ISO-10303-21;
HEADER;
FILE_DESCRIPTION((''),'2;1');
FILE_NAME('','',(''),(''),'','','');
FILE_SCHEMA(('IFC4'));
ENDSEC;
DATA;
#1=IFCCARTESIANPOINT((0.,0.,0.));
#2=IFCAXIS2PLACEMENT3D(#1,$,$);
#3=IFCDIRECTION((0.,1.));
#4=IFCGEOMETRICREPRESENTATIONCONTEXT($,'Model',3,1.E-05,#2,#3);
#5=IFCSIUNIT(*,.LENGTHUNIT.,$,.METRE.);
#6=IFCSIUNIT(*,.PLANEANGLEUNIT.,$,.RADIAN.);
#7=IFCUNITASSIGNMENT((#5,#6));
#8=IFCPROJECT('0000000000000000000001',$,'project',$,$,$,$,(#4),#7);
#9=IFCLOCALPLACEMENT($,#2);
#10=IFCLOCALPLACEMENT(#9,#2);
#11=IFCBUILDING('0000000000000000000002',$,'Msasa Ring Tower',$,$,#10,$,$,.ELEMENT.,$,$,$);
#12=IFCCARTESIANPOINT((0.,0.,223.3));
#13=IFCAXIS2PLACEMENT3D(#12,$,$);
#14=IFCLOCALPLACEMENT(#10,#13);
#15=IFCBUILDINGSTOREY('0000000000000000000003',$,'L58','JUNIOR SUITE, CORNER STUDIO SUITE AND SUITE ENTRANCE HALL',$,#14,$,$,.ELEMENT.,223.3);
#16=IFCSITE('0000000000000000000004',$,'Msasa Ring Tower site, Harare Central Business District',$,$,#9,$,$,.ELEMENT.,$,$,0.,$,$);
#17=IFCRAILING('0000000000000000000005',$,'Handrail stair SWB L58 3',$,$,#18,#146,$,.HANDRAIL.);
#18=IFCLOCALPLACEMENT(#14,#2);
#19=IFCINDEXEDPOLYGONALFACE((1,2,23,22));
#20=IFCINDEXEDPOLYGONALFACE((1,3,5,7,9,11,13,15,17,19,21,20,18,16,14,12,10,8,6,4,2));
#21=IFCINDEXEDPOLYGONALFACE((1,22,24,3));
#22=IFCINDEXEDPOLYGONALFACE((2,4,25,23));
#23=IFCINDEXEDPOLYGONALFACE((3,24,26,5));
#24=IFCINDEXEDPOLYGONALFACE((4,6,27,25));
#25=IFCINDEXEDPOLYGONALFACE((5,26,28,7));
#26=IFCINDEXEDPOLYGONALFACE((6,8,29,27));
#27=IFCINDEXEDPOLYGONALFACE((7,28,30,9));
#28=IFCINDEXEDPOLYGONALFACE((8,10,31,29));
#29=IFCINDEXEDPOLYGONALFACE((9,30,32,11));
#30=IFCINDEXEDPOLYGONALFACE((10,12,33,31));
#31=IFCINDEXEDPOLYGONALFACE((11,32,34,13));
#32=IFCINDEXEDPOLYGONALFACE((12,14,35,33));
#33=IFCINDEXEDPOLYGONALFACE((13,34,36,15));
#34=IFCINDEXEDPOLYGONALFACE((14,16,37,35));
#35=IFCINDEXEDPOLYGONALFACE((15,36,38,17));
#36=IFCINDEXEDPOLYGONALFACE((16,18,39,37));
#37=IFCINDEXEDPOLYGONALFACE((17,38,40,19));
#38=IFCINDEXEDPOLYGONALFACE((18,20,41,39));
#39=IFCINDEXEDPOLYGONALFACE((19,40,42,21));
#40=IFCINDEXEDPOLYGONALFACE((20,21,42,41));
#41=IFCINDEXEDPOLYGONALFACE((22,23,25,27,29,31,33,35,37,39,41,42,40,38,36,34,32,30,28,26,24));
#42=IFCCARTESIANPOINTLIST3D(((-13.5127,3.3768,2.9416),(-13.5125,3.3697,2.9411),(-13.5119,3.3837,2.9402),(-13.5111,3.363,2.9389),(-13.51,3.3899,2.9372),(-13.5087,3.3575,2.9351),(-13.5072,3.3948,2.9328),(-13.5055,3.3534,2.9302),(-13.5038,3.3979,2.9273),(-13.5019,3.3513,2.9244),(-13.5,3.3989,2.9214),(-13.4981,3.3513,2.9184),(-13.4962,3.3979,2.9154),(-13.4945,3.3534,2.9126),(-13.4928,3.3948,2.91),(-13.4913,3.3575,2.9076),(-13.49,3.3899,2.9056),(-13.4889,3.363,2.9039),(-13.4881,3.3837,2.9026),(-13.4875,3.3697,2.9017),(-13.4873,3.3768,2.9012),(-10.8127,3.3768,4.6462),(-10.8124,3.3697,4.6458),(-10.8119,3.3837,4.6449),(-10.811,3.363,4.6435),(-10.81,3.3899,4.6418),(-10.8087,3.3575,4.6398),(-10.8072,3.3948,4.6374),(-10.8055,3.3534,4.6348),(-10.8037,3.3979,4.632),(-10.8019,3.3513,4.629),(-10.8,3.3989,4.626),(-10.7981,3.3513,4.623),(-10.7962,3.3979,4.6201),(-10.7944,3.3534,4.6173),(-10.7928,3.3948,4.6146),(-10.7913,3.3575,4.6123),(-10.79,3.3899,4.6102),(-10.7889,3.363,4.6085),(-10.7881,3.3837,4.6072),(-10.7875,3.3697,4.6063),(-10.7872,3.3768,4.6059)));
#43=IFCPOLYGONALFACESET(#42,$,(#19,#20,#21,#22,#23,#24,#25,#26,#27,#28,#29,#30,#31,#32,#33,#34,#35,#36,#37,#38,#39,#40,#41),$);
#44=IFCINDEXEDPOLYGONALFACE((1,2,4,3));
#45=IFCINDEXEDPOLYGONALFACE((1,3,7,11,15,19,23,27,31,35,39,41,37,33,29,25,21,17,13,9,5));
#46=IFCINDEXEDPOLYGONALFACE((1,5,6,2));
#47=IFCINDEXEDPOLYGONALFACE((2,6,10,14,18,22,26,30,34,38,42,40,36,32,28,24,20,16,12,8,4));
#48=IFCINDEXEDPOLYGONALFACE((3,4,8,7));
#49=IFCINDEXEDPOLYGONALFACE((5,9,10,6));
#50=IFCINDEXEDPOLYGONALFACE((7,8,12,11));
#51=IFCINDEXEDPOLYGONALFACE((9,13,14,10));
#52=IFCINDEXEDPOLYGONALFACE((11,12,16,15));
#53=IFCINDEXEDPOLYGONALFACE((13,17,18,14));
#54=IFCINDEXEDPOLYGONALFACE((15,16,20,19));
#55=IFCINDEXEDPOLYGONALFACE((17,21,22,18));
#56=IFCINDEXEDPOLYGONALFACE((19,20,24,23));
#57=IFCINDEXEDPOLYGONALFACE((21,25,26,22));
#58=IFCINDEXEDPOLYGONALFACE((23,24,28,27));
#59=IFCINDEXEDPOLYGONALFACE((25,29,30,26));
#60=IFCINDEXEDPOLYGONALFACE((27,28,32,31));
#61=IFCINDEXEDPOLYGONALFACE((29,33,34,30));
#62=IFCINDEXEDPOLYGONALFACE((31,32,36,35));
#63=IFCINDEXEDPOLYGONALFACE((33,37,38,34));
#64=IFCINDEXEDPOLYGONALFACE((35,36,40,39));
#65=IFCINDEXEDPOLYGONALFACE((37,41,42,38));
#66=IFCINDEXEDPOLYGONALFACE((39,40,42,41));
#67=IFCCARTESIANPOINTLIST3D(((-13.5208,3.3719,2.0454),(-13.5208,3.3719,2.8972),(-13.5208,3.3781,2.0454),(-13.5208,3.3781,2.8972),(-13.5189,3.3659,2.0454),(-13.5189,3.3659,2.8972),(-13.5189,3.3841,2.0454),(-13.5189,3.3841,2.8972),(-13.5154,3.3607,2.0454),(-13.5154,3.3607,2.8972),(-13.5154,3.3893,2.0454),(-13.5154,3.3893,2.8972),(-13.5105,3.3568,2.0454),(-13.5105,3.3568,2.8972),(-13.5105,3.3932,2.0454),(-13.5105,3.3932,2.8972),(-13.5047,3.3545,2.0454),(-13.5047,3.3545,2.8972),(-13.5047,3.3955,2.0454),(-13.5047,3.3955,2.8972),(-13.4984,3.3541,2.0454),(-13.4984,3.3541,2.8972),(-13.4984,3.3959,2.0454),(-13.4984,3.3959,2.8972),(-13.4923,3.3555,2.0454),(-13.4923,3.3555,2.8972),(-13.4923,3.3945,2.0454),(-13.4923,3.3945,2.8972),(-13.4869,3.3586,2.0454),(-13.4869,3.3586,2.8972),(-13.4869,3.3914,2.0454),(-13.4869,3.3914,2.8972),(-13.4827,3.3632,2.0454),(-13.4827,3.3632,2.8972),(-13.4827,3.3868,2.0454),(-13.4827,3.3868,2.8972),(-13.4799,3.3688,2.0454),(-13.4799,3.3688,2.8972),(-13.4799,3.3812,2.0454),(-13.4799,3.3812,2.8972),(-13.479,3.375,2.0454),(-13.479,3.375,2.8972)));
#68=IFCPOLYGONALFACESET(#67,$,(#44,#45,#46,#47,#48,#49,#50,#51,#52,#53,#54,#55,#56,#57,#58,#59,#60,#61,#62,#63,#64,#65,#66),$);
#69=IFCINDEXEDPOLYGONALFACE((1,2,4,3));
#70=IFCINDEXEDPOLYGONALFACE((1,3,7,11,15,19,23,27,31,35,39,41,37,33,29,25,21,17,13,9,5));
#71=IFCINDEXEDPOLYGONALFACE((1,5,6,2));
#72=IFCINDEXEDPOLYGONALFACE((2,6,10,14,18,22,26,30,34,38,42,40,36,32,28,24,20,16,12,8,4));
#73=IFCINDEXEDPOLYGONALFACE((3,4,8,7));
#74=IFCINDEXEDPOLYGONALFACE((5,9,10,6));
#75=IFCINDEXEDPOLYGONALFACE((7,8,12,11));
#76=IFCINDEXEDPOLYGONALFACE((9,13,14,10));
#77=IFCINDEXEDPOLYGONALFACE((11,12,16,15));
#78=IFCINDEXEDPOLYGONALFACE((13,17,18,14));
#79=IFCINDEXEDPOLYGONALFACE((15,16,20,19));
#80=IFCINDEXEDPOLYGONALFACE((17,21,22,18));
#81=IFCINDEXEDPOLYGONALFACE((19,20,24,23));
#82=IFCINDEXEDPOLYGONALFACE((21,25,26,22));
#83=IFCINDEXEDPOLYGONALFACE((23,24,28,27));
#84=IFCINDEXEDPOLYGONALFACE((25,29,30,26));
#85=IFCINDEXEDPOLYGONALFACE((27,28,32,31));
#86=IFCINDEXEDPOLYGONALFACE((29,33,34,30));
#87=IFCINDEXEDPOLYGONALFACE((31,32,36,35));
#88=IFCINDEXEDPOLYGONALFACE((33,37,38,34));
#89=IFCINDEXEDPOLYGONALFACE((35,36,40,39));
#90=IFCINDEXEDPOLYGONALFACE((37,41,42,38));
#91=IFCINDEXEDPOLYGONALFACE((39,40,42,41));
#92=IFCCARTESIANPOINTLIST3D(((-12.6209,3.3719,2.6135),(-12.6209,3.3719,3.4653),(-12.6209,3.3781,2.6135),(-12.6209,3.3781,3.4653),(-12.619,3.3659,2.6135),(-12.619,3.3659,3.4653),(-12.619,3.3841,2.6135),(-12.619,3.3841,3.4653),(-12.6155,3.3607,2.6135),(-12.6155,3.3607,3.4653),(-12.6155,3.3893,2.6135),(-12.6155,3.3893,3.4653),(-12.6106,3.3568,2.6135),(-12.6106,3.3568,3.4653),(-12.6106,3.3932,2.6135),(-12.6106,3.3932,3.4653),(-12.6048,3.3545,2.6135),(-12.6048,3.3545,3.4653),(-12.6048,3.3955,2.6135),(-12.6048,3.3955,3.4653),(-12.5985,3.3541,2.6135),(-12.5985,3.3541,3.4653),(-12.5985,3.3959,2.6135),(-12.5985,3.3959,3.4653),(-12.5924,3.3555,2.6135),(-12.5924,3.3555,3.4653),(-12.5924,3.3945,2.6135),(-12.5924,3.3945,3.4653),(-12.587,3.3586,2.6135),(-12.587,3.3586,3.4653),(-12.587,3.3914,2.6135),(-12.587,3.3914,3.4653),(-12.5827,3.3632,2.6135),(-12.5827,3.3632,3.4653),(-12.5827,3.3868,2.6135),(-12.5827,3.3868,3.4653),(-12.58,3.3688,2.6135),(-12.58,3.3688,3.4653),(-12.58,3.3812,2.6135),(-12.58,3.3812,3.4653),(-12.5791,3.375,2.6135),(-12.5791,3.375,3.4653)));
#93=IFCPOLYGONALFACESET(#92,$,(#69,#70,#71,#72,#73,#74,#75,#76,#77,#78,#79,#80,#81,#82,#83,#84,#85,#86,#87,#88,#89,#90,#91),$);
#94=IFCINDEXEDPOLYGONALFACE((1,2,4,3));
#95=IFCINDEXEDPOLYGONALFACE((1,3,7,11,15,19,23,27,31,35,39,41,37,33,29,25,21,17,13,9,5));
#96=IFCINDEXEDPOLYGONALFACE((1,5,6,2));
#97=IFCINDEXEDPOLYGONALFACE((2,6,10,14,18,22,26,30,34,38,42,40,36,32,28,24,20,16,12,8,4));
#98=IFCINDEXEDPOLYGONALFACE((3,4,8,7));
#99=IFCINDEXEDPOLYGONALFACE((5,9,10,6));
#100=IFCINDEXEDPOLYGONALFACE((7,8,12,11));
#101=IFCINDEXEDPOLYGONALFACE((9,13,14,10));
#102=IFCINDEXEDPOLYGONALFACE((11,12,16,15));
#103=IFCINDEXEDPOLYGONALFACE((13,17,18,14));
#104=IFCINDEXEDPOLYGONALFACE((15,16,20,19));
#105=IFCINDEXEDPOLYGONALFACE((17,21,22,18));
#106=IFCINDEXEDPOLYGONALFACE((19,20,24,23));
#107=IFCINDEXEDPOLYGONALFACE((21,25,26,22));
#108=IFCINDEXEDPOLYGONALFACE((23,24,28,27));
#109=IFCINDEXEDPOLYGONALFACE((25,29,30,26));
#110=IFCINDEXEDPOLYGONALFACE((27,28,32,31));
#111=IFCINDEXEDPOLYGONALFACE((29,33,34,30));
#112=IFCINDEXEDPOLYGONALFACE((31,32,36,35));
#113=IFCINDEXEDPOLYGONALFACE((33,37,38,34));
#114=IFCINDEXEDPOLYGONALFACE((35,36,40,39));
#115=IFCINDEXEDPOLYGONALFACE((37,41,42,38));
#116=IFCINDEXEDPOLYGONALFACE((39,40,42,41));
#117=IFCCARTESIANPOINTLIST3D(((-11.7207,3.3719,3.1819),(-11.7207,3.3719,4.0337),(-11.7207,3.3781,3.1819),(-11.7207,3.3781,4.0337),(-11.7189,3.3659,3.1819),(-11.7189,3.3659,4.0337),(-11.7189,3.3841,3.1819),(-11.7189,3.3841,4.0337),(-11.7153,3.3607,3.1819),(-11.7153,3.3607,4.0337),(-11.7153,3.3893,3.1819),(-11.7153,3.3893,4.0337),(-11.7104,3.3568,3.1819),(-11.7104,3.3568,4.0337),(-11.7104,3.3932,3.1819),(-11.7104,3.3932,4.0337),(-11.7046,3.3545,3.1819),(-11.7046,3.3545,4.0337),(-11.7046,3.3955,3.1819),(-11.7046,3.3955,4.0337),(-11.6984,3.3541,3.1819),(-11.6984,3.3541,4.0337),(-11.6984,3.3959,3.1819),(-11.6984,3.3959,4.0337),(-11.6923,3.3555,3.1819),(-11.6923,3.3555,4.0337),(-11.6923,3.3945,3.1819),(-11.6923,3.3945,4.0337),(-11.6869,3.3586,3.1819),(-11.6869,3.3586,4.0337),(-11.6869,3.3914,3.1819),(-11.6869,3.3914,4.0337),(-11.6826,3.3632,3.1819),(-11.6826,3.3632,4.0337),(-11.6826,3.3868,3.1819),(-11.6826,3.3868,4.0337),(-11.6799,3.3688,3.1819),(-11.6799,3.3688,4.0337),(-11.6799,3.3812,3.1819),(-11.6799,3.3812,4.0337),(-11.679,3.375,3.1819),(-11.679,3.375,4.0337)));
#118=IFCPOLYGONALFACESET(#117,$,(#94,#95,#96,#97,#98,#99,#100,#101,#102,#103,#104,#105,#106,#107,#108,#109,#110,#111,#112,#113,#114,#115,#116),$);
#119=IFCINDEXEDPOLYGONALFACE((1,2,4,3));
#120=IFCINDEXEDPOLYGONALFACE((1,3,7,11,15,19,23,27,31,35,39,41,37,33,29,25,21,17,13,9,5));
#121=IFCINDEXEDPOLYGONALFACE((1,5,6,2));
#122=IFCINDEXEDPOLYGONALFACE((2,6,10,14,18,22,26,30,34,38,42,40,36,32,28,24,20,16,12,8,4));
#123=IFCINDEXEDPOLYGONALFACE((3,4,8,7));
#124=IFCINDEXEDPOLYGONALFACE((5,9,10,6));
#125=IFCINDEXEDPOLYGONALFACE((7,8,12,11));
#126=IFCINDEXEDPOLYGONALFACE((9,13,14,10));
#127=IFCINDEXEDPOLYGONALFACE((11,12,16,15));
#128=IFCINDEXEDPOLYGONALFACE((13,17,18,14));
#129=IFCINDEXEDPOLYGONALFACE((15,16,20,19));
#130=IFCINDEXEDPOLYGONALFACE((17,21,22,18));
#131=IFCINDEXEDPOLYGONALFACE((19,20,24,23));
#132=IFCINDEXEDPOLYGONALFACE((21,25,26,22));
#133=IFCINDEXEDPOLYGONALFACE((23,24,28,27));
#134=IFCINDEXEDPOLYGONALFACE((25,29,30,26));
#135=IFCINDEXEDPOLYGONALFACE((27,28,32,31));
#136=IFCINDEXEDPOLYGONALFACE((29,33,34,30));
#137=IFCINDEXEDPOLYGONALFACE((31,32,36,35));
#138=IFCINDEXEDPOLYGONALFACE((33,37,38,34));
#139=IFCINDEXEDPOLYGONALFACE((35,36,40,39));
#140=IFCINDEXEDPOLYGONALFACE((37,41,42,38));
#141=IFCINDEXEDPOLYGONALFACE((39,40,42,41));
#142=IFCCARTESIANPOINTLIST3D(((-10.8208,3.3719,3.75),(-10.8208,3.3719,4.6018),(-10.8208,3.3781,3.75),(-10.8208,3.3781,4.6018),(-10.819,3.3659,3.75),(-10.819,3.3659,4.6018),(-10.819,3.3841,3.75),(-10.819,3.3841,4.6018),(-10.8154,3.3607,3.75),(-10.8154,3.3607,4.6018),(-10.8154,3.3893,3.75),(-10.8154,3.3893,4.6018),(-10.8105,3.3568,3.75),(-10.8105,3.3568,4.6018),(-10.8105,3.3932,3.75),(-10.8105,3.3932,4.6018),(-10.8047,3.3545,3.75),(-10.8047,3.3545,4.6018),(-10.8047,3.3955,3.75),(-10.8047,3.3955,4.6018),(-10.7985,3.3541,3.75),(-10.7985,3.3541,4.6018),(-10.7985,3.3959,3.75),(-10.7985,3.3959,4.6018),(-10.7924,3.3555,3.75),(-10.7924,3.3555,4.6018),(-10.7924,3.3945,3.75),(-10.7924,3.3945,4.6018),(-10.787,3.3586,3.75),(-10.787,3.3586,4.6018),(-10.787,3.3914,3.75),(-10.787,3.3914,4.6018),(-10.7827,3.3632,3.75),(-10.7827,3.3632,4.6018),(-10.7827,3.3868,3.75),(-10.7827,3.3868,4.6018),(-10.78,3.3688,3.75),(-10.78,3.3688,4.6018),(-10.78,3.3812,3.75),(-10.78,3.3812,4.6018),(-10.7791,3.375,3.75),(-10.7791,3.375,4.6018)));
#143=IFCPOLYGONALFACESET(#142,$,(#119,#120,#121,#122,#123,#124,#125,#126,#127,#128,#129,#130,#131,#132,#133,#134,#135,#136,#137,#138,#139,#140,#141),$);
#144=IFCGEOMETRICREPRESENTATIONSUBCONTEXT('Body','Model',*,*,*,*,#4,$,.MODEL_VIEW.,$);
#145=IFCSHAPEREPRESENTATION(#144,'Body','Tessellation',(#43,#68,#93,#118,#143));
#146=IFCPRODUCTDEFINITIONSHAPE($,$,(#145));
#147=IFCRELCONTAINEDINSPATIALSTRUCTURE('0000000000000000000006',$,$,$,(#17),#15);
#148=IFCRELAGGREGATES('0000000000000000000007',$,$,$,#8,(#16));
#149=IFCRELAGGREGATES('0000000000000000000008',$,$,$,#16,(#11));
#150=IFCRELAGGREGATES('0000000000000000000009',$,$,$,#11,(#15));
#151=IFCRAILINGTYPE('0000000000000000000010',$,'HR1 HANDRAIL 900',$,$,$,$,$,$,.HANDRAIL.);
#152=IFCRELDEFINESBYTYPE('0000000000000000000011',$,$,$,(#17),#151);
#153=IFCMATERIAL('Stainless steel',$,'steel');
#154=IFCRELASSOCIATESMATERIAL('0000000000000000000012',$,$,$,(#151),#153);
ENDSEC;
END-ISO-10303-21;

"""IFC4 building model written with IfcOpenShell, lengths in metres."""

from ifc_helpers import new_model, si_unit, direction, frame, origin, origin_2d, place, context, subcontext, project, spatial, circle, extrude, material, type_object, element, save


model = new_model("IFC4")

# Units and contexts
model_context = context("Model", 3, precision=1e-05, world=origin(), true_north=direction((0.0, 1.0)))
body_context = subcontext(model_context, "Body", "Model", "MODEL_VIEW")
ifc_project = project(units=[si_unit("LENGTHUNIT", "METRE"), si_unit("PLANEANGLEUNIT", "RADIAN")], contexts=[model_context])

# Site, building, storey
site_placement = place(None, origin())
site = spatial("IfcSite", under=ifc_project, at=site_placement, Name="Msasa Ring Tower site, Harare Central Business District", CompositionType="ELEMENT", RefElevation=0.0)
building_placement = place(site_placement, origin())
building = spatial("IfcBuilding", under=site, at=building_placement, Name="Msasa Ring Tower", CompositionType="ELEMENT")
storey_placement = place(building_placement, frame((0.0, 0.0, 223.3)))
storey = spatial("IfcBuildingStorey", under=building, at=storey_placement, Name="L58", Description="JUNIOR SUITE, CORNER STUDIO SUITE AND SUITE ENTRANCE HALL", CompositionType="ELEMENT", Elevation=223.3)

# Railing
ifc_material_1 = material(Name="Stainless steel", Category="steel")
railing_type = type_object("IfcRailingType", Name="HR1 HANDRAIL 900", PredefinedType="HANDRAIL", material=ifc_material_1)
for number, where, name in (
    (1, (-13.5, 3.375, 2.0454), "Handrail stair SWB L58 3"),
):
    element("IfcRailing", number, at=place(storey_placement, frame(where)), inside=storey, type_object=railing_type, Name=name, PredefinedType="HANDRAIL", context=body_context, shape_type="SweptSolid", body=[
        extrude(circle(Radius=0.0239, at=origin_2d()), frame((0.0, 0.0, 0.876), z_axis=(0.84558, 0.0, 0.533849), x_axis=(0.0, 1.0, 0.0)), (0.0, 0.0, 1.0), 3.1931),
        extrude(circle(Radius=0.021, at=origin_2d()), origin(), (0.0, 0.0, 1.0), 0.8518),
        extrude(circle(Radius=0.021, at=origin_2d()), frame((0.8999, 0.0, 0.5681)), (0.0, 0.0, 1.0), 0.8518),
        extrude(circle(Radius=0.021, at=origin_2d()), frame((1.8, 0.0, 1.1365)), (0.0, 0.0, 1.0), 0.8518),
        extrude(circle(Radius=0.021, at=origin_2d()), frame((2.7, 0.0, 1.7046)), (0.0, 0.0, 1.0), 0.8518),
    ])

save(model, "model.ifc")
